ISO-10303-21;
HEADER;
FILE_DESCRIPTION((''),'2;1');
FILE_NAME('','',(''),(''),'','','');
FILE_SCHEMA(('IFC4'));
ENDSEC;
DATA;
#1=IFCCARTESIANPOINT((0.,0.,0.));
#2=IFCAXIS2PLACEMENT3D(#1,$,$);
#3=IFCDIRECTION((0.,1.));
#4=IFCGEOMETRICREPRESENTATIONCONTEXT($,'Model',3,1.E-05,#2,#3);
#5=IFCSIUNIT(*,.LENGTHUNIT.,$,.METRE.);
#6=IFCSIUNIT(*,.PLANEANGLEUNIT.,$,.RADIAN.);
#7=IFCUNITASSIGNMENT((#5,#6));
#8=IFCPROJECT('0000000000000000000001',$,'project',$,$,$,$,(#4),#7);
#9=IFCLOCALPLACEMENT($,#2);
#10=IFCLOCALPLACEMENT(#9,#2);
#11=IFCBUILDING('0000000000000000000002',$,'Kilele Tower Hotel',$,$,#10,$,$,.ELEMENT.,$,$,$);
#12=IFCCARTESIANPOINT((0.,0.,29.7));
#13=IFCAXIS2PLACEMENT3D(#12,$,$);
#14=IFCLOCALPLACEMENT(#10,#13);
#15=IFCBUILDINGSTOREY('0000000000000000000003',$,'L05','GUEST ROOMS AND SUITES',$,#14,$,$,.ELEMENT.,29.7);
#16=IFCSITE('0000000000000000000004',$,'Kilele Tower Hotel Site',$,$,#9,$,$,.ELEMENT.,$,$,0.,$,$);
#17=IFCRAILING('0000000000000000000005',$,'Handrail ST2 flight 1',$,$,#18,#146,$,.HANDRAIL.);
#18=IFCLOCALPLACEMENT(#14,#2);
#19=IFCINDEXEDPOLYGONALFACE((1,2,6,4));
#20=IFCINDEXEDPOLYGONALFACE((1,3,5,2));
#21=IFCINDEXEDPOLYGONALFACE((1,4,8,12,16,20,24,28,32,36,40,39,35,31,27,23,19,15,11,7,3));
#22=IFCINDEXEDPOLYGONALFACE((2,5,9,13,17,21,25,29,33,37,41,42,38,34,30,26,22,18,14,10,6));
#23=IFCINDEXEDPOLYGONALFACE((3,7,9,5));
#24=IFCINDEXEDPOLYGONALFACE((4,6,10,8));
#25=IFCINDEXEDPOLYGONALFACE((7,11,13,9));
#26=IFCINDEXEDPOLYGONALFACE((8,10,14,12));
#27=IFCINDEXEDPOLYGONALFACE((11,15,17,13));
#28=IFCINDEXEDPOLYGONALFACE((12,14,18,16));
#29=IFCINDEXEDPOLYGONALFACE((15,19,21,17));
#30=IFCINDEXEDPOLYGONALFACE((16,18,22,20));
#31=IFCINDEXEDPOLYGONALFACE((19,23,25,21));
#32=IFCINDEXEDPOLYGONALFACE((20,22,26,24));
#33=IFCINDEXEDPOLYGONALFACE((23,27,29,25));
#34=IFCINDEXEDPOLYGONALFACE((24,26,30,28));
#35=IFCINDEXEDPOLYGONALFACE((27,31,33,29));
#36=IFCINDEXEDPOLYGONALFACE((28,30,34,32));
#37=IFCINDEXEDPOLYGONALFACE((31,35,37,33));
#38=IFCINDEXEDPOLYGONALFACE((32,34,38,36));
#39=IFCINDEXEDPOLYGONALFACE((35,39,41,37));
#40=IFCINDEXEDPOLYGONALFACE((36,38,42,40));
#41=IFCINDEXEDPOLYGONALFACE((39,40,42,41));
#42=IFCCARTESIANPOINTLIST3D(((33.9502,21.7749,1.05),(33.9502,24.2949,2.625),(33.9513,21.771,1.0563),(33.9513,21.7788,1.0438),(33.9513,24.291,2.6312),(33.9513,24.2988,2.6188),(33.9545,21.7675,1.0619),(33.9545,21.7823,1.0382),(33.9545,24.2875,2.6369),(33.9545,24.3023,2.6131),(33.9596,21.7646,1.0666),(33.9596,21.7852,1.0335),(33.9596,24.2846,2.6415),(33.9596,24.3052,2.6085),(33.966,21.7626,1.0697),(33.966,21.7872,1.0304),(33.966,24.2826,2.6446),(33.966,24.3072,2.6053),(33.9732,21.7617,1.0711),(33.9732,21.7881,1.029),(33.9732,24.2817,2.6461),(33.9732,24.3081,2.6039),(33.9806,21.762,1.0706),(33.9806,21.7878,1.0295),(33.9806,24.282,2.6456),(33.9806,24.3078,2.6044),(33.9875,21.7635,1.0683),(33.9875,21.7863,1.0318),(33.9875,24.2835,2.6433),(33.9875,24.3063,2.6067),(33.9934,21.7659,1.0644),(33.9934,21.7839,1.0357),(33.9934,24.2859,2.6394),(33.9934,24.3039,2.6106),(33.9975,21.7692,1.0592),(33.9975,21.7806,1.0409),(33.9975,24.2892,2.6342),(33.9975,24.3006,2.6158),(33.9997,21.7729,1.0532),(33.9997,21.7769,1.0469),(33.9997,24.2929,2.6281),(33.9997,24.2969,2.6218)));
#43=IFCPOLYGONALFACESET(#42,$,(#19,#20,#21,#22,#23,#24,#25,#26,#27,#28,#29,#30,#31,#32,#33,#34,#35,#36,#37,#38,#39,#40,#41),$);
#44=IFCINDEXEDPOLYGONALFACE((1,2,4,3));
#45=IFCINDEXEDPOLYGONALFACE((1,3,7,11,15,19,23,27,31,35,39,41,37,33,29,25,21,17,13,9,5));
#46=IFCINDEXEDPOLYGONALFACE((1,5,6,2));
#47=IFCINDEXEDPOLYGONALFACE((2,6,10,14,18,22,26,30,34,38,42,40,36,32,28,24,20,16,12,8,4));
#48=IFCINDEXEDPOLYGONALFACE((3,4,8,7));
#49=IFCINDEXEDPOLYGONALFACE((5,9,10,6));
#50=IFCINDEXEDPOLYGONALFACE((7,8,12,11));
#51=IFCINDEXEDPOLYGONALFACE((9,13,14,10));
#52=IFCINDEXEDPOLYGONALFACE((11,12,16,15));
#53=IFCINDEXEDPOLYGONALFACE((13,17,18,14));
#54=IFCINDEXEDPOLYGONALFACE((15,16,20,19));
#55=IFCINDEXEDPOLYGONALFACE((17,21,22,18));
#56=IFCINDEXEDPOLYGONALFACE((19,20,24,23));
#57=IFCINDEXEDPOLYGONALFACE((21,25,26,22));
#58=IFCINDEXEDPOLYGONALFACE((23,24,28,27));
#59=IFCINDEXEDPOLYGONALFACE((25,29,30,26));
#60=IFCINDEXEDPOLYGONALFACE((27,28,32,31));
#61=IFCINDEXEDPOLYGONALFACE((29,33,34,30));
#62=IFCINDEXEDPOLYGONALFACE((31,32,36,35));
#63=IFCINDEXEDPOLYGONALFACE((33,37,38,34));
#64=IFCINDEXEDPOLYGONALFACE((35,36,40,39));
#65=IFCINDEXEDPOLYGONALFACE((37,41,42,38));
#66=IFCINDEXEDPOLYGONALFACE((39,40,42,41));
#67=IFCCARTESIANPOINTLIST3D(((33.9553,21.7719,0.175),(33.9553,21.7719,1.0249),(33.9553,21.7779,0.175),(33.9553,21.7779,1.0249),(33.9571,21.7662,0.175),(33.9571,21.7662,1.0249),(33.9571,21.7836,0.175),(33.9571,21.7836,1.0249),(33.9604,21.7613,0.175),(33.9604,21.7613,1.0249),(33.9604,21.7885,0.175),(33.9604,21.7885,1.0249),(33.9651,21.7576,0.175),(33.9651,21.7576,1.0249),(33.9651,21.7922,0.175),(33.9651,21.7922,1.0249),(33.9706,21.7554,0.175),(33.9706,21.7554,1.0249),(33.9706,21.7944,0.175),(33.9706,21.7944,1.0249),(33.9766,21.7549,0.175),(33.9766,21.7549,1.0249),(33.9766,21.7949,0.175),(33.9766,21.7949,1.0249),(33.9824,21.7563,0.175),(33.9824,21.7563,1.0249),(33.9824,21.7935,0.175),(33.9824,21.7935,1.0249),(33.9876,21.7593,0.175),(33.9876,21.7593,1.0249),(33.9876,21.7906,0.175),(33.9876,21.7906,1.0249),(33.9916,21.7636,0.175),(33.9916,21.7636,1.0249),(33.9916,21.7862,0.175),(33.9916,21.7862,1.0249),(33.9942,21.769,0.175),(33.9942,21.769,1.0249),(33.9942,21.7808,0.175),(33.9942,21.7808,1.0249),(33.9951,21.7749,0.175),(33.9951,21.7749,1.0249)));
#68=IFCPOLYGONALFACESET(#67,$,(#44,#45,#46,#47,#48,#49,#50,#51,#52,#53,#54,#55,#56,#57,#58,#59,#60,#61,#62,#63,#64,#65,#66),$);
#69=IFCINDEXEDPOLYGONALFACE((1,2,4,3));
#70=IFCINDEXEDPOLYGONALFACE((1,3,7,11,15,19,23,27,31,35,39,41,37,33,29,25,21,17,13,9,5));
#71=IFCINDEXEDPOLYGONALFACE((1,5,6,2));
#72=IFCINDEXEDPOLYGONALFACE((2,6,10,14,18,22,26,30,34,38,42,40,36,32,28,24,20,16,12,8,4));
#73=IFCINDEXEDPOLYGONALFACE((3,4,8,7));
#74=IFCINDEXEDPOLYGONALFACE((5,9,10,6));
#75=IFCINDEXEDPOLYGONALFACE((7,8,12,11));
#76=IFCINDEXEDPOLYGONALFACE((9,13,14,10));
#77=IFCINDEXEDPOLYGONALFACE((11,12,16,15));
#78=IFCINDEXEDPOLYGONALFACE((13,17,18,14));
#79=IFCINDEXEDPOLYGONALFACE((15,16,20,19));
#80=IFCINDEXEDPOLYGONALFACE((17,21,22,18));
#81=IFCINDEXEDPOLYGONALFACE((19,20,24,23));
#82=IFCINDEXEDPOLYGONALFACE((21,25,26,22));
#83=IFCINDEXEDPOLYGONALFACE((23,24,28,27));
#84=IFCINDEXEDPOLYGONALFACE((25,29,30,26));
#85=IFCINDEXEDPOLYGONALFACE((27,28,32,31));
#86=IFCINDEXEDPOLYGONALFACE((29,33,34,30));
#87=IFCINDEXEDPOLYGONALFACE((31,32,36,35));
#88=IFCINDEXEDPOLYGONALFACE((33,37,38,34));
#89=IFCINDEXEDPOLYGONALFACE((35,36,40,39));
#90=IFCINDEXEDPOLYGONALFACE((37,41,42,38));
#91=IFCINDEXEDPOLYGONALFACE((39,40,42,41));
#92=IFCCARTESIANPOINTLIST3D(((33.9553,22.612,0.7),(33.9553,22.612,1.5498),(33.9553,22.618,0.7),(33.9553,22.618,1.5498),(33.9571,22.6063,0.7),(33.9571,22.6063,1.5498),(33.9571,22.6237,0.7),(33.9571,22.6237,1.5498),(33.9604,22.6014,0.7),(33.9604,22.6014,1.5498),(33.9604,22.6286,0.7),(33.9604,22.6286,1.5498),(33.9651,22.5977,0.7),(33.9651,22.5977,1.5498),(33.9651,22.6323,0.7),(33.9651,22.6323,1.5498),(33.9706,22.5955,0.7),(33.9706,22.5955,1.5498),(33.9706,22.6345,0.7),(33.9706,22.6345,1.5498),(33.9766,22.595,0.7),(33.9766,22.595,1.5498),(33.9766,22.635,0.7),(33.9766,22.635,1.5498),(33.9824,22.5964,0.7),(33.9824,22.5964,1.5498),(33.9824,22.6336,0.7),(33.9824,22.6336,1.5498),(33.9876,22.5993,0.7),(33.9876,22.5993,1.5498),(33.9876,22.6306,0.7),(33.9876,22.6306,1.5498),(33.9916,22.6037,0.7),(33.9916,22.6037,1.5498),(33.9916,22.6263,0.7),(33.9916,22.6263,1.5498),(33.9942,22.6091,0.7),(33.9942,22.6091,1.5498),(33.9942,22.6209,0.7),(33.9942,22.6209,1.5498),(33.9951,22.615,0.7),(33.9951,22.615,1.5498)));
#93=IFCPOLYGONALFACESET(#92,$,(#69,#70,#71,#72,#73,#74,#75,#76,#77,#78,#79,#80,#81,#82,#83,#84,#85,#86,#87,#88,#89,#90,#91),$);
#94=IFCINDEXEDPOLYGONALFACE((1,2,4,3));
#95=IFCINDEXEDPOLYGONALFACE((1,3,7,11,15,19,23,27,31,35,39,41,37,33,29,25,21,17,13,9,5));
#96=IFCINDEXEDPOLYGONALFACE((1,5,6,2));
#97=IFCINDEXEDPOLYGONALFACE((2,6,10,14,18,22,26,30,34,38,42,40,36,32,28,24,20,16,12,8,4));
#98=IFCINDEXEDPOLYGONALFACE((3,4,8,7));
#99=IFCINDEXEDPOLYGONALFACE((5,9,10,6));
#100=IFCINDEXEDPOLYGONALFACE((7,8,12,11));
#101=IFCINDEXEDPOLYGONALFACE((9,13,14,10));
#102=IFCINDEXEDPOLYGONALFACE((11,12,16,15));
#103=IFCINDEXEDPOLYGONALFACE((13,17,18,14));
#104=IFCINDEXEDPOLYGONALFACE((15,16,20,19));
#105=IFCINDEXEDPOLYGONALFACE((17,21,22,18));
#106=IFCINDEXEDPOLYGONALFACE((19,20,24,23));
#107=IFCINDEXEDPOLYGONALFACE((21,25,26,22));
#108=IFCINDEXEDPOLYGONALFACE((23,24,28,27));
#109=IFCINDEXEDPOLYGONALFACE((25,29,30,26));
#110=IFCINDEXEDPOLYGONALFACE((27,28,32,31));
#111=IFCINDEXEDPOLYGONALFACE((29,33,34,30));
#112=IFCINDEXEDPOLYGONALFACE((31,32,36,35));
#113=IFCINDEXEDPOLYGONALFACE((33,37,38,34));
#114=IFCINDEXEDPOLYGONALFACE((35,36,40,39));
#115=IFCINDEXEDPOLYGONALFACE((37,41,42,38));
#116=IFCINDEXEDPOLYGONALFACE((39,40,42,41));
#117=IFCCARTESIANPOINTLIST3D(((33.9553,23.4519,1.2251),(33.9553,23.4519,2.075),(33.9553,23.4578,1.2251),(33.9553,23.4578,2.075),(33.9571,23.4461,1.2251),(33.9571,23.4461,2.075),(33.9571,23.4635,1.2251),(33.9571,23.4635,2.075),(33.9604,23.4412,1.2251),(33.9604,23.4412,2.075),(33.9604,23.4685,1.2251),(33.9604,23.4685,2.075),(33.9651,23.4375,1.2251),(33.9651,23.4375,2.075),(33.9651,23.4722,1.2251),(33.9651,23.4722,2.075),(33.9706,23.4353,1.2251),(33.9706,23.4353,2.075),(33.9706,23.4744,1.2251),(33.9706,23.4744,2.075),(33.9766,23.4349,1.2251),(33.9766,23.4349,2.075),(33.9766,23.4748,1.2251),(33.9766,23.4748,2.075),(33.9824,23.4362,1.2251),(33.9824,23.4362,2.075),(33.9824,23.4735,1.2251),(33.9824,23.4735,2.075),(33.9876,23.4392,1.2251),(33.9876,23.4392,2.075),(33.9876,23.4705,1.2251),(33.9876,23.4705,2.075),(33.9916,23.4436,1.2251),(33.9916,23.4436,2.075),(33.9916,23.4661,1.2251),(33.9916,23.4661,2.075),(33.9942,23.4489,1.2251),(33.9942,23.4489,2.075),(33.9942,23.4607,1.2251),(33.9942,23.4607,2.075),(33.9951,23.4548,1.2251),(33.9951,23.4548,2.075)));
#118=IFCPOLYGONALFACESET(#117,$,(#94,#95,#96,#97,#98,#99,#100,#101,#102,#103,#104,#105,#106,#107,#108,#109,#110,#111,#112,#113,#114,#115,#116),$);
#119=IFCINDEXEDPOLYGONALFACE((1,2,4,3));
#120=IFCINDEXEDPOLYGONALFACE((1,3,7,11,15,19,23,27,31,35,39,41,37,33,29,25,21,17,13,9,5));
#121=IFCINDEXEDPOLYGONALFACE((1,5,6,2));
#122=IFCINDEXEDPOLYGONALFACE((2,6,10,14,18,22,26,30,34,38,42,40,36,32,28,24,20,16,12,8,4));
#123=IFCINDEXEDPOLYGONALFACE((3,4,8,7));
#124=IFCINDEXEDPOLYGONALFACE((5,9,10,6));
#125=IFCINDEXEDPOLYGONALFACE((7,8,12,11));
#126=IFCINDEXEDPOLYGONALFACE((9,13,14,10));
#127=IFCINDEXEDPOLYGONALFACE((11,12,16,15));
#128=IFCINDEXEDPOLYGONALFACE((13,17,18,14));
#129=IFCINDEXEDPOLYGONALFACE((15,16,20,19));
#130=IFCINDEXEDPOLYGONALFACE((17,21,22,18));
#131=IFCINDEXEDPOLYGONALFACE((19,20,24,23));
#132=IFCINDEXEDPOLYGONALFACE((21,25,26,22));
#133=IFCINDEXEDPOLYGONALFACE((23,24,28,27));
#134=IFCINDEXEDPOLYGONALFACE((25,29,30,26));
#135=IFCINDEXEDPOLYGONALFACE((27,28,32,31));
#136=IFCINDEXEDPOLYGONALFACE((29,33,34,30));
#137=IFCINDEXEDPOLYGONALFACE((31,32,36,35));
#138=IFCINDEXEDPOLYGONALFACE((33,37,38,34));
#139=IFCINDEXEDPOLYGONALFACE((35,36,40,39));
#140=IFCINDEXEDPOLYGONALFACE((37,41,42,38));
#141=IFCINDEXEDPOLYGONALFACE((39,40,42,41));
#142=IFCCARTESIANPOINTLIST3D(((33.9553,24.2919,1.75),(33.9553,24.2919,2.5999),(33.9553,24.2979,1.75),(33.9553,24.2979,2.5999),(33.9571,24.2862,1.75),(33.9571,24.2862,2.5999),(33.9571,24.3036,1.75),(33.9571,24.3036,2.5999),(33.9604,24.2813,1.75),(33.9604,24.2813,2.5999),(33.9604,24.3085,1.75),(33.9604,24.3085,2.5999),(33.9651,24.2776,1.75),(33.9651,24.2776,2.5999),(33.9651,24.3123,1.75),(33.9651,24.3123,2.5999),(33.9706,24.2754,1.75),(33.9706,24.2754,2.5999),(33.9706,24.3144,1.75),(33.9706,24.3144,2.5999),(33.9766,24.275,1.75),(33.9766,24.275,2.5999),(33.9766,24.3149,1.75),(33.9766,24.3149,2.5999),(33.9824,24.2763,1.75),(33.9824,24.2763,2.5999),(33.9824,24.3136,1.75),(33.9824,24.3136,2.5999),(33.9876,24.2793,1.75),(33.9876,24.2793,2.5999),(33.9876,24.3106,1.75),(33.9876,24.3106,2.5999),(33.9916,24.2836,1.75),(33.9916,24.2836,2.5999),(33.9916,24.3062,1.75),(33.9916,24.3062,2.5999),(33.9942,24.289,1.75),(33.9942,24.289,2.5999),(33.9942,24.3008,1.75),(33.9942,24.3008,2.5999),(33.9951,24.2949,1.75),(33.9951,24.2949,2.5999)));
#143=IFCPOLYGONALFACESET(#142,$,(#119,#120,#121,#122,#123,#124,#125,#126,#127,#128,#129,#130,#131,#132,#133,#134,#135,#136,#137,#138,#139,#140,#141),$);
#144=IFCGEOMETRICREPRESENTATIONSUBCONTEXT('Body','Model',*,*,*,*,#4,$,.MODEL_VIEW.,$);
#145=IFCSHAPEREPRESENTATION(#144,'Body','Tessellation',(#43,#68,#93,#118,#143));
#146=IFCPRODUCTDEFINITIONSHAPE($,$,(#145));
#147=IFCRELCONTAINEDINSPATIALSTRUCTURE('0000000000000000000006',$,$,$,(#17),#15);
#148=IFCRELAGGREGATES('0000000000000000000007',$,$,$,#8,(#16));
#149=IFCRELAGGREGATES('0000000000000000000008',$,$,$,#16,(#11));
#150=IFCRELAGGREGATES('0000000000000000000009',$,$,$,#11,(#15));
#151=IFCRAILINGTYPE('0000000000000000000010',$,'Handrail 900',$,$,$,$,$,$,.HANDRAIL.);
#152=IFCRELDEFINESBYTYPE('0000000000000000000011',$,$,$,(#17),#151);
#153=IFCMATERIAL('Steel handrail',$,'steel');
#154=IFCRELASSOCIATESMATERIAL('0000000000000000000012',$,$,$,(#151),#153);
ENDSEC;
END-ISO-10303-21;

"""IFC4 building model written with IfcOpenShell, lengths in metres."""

from ifc_helpers import new_model, si_unit, direction, frame, origin, origin_2d, place, context, subcontext, project, spatial, circle, extrude, material, type_object, element, save


model = new_model("IFC4")

# Units and contexts
model_context = context("Model", 3, precision=1e-05, world=origin(), true_north=direction((0.0, 1.0)))
body_context = subcontext(model_context, "Body", "Model", "MODEL_VIEW")
ifc_project = project(units=[si_unit("LENGTHUNIT", "METRE"), si_unit("PLANEANGLEUNIT", "RADIAN")], contexts=[model_context])

# Site, building, storey
site_placement = place(None, origin())
site = spatial("IfcSite", under=ifc_project, at=site_placement, Name="Kilele Tower Hotel Site", CompositionType="ELEMENT", RefElevation=0.0)
building_placement = place(site_placement, origin())
building = spatial("IfcBuilding", under=site, at=building_placement, Name="Kilele Tower Hotel", CompositionType="ELEMENT")
storey_placement = place(building_placement, frame((0.0, 0.0, 29.7)))
storey = spatial("IfcBuildingStorey", under=building, at=storey_placement, Name="L05", Description="GUEST ROOMS AND SUITES", CompositionType="ELEMENT", Elevation=29.7)

# Railing
ifc_material_1 = material(Name="Steel handrail", Category="steel")
railing_type_1 = type_object("IfcRailingType", Name="Handrail 900", PredefinedType="HANDRAIL", material=ifc_material_1)
for number, where, name in (
    (1, (33.9751, 21.7749, 0.175), "Handrail ST2 flight 1"),
):
    element("IfcRailing", number, at=place(storey_placement, frame(where)), inside=storey, type_object=railing_type_1, Name=name, PredefinedType="HANDRAIL", context=body_context, shape_type="SweptSolid", body=[
        extrude(circle(Radius=0.0249, at=origin_2d()), frame((0.0, 0.0, 0.875), z_axis=(0.0, 0.848008, 0.529984), x_axis=(-1.0, 0.0, 0.0)), (0.0, 0.0, 1.0), 2.9717),
        extrude(circle(Radius=0.02, at=origin_2d()), origin(), (0.0, 0.0, 1.0), 0.8499),
        extrude(circle(Radius=0.02, at=origin_2d()), frame((0.0, 0.8401, 0.5249)), (0.0, 0.0, 1.0), 0.8499),
        extrude(circle(Radius=0.02, at=origin_2d()), frame((0.0, 1.6799, 1.05)), (0.0, 0.0, 1.0), 0.8499),
        extrude(circle(Radius=0.02, at=origin_2d()), frame((0.0, 2.52, 1.575)), (0.0, 0.0, 1.0), 0.8499),
    ])

save(model, "model.ifc")
